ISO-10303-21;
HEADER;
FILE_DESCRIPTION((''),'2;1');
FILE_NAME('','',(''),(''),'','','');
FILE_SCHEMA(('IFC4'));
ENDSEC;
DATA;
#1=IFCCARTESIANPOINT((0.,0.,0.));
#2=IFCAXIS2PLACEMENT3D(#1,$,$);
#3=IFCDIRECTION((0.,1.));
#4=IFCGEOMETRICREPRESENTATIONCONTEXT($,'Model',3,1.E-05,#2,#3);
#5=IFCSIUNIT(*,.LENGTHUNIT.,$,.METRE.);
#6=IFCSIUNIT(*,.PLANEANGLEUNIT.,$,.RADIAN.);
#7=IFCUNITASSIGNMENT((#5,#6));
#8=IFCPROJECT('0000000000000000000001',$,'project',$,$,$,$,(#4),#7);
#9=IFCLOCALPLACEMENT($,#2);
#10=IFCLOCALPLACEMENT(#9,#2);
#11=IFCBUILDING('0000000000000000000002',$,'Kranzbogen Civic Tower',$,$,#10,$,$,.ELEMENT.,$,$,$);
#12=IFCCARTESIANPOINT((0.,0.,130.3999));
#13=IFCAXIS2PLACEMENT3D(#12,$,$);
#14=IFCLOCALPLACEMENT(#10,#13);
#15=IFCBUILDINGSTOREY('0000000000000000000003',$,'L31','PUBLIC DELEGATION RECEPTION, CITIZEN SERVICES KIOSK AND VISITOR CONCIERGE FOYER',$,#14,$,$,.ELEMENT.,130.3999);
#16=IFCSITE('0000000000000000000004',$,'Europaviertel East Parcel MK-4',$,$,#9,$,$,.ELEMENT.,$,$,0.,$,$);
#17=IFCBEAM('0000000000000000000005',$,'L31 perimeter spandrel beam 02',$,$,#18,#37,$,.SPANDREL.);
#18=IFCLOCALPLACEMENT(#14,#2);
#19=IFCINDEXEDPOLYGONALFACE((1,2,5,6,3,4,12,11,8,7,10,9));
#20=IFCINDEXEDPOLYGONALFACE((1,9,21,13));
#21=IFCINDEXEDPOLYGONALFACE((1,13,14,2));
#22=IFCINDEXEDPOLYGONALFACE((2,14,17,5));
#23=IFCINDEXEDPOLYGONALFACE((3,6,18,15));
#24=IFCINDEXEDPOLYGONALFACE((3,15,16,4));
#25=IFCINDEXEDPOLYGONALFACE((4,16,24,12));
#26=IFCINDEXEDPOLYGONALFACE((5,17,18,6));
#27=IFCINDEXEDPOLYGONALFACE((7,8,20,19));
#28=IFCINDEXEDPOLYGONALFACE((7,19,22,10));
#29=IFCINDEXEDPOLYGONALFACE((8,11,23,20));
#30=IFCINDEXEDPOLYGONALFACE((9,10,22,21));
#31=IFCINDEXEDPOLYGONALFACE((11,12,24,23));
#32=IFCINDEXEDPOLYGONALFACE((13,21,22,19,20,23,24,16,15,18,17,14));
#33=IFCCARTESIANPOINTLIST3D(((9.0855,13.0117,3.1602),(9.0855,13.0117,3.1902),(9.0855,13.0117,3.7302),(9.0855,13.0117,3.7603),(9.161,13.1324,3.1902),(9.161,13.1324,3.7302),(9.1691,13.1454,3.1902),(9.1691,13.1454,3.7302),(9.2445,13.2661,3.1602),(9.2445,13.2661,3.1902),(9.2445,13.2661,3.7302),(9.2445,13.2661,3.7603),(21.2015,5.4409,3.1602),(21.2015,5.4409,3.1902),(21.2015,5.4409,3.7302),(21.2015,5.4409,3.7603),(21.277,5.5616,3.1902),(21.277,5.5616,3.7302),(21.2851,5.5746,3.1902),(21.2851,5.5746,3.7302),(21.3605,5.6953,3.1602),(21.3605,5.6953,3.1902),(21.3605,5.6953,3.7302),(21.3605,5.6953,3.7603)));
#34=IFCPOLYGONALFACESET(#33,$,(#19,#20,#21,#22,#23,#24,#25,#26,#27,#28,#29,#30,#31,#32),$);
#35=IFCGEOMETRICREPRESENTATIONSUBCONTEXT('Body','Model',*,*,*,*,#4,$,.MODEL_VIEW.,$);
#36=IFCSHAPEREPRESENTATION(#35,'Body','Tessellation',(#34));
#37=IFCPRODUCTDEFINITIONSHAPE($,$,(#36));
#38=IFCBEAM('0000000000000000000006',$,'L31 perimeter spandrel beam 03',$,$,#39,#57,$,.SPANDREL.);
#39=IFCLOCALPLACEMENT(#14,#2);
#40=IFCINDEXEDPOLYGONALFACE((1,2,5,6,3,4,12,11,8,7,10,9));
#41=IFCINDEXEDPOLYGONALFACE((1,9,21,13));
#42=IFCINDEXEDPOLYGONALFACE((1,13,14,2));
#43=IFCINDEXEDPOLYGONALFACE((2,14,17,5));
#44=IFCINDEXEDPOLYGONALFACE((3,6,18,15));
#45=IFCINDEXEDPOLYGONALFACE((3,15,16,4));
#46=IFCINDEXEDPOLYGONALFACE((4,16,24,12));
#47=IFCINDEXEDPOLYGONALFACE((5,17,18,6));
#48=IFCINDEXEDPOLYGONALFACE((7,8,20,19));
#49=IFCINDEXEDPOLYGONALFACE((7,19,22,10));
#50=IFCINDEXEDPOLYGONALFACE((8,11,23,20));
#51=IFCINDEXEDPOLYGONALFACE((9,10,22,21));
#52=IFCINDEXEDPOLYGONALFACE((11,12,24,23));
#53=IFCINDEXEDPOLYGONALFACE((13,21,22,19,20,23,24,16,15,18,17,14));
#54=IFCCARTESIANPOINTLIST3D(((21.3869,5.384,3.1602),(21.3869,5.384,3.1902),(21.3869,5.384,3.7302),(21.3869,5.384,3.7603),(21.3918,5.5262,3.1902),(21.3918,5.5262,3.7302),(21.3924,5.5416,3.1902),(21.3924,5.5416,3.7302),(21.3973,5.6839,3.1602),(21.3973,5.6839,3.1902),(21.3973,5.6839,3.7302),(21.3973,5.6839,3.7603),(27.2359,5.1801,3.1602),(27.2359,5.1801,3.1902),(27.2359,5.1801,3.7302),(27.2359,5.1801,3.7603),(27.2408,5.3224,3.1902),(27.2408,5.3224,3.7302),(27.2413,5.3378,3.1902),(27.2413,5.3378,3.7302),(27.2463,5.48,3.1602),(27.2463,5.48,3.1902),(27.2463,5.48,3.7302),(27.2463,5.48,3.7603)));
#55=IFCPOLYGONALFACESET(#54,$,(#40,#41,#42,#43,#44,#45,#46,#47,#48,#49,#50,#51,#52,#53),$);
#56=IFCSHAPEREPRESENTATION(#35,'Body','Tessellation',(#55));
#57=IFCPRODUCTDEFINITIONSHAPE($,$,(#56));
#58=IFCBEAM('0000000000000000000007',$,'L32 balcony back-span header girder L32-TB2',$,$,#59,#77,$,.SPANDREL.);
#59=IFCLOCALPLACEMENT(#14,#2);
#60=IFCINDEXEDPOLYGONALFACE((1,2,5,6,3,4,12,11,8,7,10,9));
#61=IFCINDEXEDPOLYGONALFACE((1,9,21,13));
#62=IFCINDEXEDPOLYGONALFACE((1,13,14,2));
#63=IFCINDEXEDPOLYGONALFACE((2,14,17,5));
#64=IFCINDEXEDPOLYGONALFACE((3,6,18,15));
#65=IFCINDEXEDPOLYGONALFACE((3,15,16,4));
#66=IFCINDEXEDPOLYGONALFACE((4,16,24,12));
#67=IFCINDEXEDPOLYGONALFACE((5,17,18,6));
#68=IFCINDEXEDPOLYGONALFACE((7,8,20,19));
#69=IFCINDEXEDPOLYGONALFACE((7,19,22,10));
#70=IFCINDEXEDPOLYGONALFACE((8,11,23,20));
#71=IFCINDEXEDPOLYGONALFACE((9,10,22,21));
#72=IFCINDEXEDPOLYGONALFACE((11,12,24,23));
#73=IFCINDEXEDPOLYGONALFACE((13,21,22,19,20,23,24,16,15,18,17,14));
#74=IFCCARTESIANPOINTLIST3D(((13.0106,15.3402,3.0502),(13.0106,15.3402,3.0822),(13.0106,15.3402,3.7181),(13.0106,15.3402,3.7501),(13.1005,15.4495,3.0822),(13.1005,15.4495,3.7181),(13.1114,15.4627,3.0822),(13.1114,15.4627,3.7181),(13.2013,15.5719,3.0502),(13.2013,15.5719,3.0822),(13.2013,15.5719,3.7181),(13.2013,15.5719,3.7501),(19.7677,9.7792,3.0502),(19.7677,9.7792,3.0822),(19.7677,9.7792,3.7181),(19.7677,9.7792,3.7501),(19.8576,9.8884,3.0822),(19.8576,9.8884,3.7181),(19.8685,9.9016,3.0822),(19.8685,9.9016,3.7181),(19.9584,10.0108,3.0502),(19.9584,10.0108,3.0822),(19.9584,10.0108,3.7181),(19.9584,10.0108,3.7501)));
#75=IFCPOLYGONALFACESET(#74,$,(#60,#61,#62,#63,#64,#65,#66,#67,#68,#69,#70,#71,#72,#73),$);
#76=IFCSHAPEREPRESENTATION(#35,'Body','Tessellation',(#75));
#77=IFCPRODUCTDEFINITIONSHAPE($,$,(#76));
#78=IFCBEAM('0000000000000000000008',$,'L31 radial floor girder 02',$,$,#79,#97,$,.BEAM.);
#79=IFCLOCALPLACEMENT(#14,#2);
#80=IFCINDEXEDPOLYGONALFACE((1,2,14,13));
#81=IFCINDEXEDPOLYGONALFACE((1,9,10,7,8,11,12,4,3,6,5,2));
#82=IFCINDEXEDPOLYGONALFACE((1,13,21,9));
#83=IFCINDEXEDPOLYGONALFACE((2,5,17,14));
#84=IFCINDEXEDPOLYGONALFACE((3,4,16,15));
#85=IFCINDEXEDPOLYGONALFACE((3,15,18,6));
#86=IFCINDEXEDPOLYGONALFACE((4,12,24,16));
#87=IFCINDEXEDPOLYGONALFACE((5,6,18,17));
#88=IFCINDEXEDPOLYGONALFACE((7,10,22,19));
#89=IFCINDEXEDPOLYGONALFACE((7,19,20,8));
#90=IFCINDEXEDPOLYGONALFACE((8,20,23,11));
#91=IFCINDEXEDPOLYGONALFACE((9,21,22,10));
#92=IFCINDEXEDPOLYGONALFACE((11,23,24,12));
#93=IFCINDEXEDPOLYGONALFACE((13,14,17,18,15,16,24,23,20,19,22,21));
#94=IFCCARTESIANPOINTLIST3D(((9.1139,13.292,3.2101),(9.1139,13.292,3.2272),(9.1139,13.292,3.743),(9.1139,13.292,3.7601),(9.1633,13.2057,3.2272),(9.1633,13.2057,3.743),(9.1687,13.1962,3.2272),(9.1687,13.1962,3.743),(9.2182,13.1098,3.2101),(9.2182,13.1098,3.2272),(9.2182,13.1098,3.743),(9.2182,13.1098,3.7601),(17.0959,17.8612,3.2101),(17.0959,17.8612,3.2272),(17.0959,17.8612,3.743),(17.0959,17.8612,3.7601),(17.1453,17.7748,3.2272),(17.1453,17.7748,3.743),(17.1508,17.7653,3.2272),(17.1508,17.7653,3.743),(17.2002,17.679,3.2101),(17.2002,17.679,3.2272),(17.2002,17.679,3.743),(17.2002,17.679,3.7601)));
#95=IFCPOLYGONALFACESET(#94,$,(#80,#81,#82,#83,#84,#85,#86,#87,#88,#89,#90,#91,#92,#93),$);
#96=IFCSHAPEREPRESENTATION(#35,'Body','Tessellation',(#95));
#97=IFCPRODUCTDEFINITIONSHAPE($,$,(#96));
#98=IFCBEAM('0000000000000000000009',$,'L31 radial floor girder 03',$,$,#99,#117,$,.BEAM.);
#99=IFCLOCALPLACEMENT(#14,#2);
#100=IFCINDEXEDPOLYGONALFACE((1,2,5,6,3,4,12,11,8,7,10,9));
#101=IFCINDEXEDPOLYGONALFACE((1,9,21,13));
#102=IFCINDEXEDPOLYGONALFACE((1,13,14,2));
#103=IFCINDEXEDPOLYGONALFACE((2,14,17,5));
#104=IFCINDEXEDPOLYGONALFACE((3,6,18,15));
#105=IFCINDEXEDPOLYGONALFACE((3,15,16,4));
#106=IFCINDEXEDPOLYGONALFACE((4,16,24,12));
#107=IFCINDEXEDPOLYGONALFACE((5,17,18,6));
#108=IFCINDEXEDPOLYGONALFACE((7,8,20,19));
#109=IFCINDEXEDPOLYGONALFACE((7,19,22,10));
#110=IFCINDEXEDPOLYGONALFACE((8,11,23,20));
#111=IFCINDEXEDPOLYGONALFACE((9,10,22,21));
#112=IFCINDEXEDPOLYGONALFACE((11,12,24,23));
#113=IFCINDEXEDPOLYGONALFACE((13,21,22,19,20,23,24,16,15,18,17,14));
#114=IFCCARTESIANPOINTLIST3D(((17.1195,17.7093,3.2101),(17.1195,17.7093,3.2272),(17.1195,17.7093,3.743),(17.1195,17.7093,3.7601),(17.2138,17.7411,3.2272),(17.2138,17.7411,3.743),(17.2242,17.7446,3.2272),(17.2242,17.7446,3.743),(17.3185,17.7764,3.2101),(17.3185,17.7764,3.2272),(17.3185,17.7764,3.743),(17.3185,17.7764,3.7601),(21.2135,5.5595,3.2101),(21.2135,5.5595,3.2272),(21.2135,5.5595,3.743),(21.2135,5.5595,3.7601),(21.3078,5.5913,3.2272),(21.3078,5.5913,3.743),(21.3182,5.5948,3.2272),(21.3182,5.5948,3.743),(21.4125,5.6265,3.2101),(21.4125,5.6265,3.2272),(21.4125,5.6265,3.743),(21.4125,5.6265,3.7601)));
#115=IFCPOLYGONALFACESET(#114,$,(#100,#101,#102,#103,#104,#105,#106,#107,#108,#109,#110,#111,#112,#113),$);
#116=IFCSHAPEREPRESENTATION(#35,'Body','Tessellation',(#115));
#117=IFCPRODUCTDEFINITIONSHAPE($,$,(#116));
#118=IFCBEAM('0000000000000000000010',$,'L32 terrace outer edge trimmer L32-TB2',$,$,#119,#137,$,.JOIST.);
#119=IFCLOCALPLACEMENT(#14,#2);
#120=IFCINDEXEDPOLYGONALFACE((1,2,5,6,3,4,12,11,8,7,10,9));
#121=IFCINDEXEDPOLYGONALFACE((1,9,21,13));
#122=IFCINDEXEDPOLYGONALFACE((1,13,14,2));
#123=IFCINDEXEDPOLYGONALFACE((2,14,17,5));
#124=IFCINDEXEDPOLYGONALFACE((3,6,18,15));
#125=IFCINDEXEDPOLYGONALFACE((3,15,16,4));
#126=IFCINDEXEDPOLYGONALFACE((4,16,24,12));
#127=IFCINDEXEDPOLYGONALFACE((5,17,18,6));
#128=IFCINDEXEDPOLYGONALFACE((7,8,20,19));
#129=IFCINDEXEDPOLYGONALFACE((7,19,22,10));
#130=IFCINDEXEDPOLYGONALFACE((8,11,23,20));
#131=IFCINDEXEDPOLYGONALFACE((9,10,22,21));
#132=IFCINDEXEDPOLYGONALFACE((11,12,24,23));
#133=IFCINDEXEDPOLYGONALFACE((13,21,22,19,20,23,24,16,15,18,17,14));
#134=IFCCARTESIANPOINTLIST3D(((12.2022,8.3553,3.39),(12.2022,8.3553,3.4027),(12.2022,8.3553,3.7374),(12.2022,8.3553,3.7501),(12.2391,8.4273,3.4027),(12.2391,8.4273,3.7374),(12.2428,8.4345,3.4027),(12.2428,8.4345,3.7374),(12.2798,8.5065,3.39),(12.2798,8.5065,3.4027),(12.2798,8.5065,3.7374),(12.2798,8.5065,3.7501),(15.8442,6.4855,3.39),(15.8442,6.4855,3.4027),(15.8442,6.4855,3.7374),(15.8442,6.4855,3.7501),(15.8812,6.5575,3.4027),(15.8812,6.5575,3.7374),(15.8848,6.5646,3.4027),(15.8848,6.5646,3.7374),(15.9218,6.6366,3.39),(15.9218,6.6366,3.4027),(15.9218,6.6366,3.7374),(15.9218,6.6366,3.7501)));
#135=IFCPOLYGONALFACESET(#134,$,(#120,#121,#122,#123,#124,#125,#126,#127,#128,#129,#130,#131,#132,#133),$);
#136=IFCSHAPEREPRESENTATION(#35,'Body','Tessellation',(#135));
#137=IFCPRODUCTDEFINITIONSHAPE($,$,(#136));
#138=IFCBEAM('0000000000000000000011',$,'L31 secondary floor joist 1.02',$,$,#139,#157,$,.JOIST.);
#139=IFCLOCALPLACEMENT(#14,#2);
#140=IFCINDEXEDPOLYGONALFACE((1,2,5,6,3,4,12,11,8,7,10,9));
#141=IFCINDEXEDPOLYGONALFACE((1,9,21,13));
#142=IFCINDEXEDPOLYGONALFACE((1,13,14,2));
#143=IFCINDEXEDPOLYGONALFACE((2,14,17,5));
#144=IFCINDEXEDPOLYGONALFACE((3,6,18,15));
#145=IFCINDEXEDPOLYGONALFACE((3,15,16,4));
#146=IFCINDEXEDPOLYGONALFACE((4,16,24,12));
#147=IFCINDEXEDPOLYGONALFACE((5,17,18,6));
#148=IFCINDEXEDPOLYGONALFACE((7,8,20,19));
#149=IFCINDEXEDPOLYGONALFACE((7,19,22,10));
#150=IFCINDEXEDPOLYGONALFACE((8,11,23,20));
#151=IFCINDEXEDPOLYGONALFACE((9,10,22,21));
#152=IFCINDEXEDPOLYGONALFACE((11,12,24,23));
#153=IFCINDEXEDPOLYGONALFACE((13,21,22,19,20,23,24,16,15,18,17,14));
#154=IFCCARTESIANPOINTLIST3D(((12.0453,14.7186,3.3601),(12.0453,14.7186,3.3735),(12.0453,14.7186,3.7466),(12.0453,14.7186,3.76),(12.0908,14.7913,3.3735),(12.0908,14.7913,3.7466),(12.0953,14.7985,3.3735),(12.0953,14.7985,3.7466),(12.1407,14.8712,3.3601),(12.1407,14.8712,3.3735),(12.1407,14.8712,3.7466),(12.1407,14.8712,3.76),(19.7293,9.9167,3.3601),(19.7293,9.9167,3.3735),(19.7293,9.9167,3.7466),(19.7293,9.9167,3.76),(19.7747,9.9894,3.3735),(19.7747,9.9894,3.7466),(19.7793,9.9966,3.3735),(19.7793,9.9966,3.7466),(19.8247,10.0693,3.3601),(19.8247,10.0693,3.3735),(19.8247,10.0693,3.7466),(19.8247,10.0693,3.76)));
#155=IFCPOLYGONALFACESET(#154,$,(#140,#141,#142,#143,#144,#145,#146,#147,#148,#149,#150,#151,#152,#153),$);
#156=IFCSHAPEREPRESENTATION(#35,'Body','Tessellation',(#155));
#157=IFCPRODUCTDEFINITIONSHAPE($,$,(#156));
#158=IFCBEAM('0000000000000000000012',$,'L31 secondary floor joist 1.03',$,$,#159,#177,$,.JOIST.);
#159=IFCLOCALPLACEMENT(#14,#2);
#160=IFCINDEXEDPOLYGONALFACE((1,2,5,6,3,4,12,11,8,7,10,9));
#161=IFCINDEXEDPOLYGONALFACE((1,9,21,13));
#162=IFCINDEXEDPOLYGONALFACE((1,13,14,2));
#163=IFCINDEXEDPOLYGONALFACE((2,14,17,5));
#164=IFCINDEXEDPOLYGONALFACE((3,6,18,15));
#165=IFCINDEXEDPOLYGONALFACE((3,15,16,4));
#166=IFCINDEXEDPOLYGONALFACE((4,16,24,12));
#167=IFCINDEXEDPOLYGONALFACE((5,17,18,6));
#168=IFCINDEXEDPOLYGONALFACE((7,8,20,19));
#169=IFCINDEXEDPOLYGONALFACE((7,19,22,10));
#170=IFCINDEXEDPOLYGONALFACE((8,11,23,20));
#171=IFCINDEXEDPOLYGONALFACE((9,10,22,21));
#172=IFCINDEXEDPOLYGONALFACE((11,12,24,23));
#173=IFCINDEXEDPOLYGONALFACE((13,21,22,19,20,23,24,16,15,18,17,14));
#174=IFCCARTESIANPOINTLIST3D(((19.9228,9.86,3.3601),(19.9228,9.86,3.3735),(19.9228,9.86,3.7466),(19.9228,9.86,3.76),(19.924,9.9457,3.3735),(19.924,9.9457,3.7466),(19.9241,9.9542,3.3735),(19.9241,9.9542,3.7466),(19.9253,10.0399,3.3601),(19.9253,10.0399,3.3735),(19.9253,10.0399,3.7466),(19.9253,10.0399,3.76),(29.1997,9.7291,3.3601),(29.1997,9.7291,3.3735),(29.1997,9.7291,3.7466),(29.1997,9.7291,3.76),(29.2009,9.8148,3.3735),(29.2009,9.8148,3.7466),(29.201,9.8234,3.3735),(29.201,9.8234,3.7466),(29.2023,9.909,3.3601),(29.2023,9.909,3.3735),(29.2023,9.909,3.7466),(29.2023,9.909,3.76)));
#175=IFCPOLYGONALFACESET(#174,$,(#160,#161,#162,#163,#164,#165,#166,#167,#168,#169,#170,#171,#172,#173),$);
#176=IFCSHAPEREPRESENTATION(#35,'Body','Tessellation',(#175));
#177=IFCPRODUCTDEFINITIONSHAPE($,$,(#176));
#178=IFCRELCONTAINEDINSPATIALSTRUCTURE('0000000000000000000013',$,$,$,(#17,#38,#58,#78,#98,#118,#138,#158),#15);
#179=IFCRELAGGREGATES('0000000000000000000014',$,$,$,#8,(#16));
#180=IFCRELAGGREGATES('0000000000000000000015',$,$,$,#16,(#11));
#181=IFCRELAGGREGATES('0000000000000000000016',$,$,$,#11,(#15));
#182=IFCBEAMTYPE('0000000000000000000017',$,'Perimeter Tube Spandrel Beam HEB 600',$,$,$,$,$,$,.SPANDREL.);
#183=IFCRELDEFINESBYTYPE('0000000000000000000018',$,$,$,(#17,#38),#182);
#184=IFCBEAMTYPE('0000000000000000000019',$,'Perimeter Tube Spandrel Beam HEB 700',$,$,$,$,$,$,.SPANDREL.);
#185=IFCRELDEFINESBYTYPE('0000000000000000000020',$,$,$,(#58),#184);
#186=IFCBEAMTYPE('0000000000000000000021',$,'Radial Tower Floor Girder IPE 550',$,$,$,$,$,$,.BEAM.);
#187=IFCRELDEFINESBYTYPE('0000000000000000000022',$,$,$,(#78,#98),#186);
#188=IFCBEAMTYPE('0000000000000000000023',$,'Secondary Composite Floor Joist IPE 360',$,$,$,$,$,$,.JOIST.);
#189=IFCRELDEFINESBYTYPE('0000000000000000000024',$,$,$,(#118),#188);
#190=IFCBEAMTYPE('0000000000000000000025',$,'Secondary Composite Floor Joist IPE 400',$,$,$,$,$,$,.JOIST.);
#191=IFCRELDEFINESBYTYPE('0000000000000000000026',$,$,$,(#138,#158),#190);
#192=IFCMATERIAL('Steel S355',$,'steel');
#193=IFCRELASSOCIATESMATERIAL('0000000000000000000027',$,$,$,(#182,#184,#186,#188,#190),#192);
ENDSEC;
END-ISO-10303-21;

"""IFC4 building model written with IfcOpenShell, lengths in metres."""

from ifc_helpers import new_model, si_unit, direction, frame, origin, origin_2d, place, context, subcontext, project, spatial, i_section, extrude, material, material_profile, profile_set, type_object, element, save


model = new_model("IFC4")

# Units and contexts
model_context = context("Model", 3, precision=1e-05, world=origin(), true_north=direction((0.0, 1.0)))
body_context = subcontext(model_context, "Body", "Model", "MODEL_VIEW")
ifc_project = project(units=[si_unit("LENGTHUNIT", "METRE"), si_unit("PLANEANGLEUNIT", "RADIAN")], contexts=[model_context])

# Site, building, storey
site_placement = place(None, origin())
site = spatial("IfcSite", under=ifc_project, at=site_placement, Name="Europaviertel East Parcel MK-4", CompositionType="ELEMENT", RefElevation=0.0)
building_placement = place(site_placement, origin())
building = spatial("IfcBuilding", under=site, at=building_placement, Name="Kranzbogen Civic Tower", CompositionType="ELEMENT")
storey_placement = place(building_placement, frame((0.0, 0.0, 130.3999)))
storey = spatial("IfcBuildingStorey", under=building, at=storey_placement, Name="L31", Description="PUBLIC DELEGATION RECEPTION, CITIZEN SERVICES KIOSK AND VISITOR CONCIERGE FOYER", CompositionType="ELEMENT", Elevation=130.3999)

# Shared definitions
ifc_material_1 = material(Name="Steel S355", Category="steel")

# Beams
ifc_material_profile_1 = material_profile(ifc_material_1, i_section(OverallWidth=0.3, OverallDepth=0.6001, WebThickness=0.0154, FlangeThickness=0.03, at=origin_2d()), Name="HEB 600")
ifc_profile_set_1 = profile_set([ifc_material_profile_1], Name="Steel S355")
beam_type_1 = type_object("IfcBeamType", Name="Perimeter Tube Spandrel Beam HEB 600", PredefinedType="SPANDREL", material=ifc_profile_set_1)
beam_1_placement = place(storey_placement, frame((9.165, 13.1389, 3.4602), z_axis=(0.848051, -0.529914, 0.0), x_axis=(0.529914, 0.848051, 0.0)))
element("IfcBeam", 1, at=beam_1_placement, inside=storey, type_object=beam_type_1, Name="L31 perimeter spandrel beam 02", PredefinedType="SPANDREL", context=body_context, shape_type="SweptSolid", body=[
    extrude(i_section(OverallWidth=0.3, OverallDepth=0.6001, WebThickness=0.0154, FlangeThickness=0.03, at=origin_2d()), origin(), (0.0, 0.0, 1.0), 14.2869),
])
beam_2_placement = place(storey_placement, frame((21.3921, 5.5339, 3.4602), z_axis=(0.999393, -0.034833, 0.0), x_axis=(0.034833, 0.999393, 0.0)))
element("IfcBeam", 2, at=beam_2_placement, inside=storey, type_object=beam_type_1, Name="L31 perimeter spandrel beam 03", PredefinedType="SPANDREL", context=body_context, shape_type="SweptSolid", body=[
    extrude(i_section(OverallWidth=0.3, OverallDepth=0.6001, WebThickness=0.0154, FlangeThickness=0.03, at=origin_2d()), origin(), (0.0, 0.0, 1.0), 5.8525),
])
ifc_material_profile_2 = material_profile(ifc_material_1, i_section(OverallWidth=0.3, OverallDepth=0.7, WebThickness=0.0171, FlangeThickness=0.032, at=origin_2d()), Name="HEB 700")
ifc_profile_set_2 = profile_set([ifc_material_profile_2], Name="Steel S355")
beam_type_2 = type_object("IfcBeamType", Name="Perimeter Tube Spandrel Beam HEB 700", PredefinedType="SPANDREL", material=ifc_profile_set_2)
beam_3_placement = place(storey_placement, frame((13.106, 15.4561, 3.4001), z_axis=(0.772133, -0.635461, 0.0), x_axis=(0.635461, 0.772133, 0.0)))
element("IfcBeam", 3, at=beam_3_placement, inside=storey, type_object=beam_type_2, Name="L32 balcony back-span header girder L32-TB2", PredefinedType="SPANDREL", context=body_context, shape_type="SweptSolid", body=[
    extrude(i_section(OverallWidth=0.3, OverallDepth=0.7, WebThickness=0.0171, FlangeThickness=0.032, at=origin_2d()), origin(), (0.0, 0.0, 1.0), 8.7512),
])
ifc_material_profile_3 = material_profile(ifc_material_1, i_section(OverallWidth=0.21, OverallDepth=0.55, WebThickness=0.011, FlangeThickness=0.0171, at=origin_2d()), Name="IPE 550")
ifc_profile_set_3 = profile_set([ifc_material_profile_3], Name="Steel S355")
beam_type_3 = type_object("IfcBeamType", Name="Radial Tower Floor Girder IPE 550", PredefinedType="BEAM", material=ifc_profile_set_3)
beam_4_placement = place(storey_placement, frame((9.166, 13.2009, 3.4851), z_axis=(0.867869, 0.496793, 0.0), x_axis=(-0.496793, 0.867869, 0.0)))
element("IfcBeam", 4, at=beam_4_placement, inside=storey, type_object=beam_type_3, Name="L31 radial floor girder 02", PredefinedType="BEAM", context=body_context, shape_type="SweptSolid", body=[
    extrude(i_section(OverallWidth=0.21, OverallDepth=0.55, WebThickness=0.011, FlangeThickness=0.0171, at=origin_2d()), origin(), (0.0, 0.0, 1.0), 9.1973),
])
beam_5_placement = place(storey_placement, frame((21.313, 5.593, 3.4851), z_axis=(-0.319317, 0.947648, 0.0), x_axis=(-0.947648, -0.319317, 0.0)))
element("IfcBeam", 5, at=beam_5_placement, inside=storey, type_object=beam_type_3, Name="L31 radial floor girder 03", PredefinedType="BEAM", context=body_context, shape_type="SweptSolid", body=[
    extrude(i_section(OverallWidth=0.21, OverallDepth=0.55, WebThickness=0.011, FlangeThickness=0.0171, at=origin_2d()), origin(), (0.0, 0.0, 1.0), 12.821),
])
ifc_material_profile_4 = material_profile(ifc_material_1, i_section(OverallWidth=0.1699, OverallDepth=0.3601, WebThickness=0.0081, FlangeThickness=0.0127, at=origin_2d()), Name="IPE 360")
ifc_profile_set_4 = profile_set([ifc_material_profile_4], Name="Steel S355")
beam_type_4 = type_object("IfcBeamType", Name="Secondary Composite Floor Joist IPE 360", PredefinedType="JOIST", material=ifc_profile_set_4)
beam_6_placement = place(storey_placement, frame((12.241, 8.4309, 3.5701), z_axis=(0.889606, -0.456729, 0.0), x_axis=(0.456729, 0.889606, 0.0)))
element("IfcBeam", 6, at=beam_6_placement, inside=storey, type_object=beam_type_4, Name="L32 terrace outer edge trimmer L32-TB2", PredefinedType="JOIST", context=body_context, shape_type="SweptSolid", body=[
    extrude(i_section(OverallWidth=0.1699, OverallDepth=0.3601, WebThickness=0.0081, FlangeThickness=0.0127, at=origin_2d()), origin(), (0.0, 0.0, 1.0), 4.094),
])
ifc_material_profile_5 = material_profile(ifc_material_1, i_section(OverallWidth=0.1799, OverallDepth=0.3999, WebThickness=0.0085, FlangeThickness=0.0134, at=origin_2d()), Name="IPE 400")
ifc_profile_set_5 = profile_set([ifc_material_profile_5], Name="Steel S355")
beam_type_5 = type_object("IfcBeamType", Name="Secondary Composite Floor Joist IPE 400", PredefinedType="JOIST", material=ifc_profile_set_5)
beam_7_placement = place(storey_placement, frame((12.093, 14.7949, 3.5601), z_axis=(0.848026, -0.529955, 0.0), x_axis=(0.529955, 0.848026, 0.0)))
element("IfcBeam", 7, at=beam_7_placement, inside=storey, type_object=beam_type_5, Name="L31 secondary floor joist 1.02", PredefinedType="JOIST", context=body_context, shape_type="SweptSolid", body=[
    extrude(i_section(OverallWidth=0.1799, OverallDepth=0.3999, WebThickness=0.0085, FlangeThickness=0.0134, at=origin_2d()), origin(), (0.0, 0.0, 1.0), 9.061),
])
beam_8_placement = place(storey_placement, frame((19.9241, 9.95, 3.5601), z_axis=(0.999901, -0.014105, 0.0), x_axis=(0.014105, 0.999901, 0.0)))
element("IfcBeam", 8, at=beam_8_placement, inside=storey, type_object=beam_type_5, Name="L31 secondary floor joist 1.03", PredefinedType="JOIST", context=body_context, shape_type="SweptSolid", body=[
    extrude(i_section(OverallWidth=0.1799, OverallDepth=0.3999, WebThickness=0.0085, FlangeThickness=0.0134, at=origin_2d()), origin(), (0.0, 0.0, 1.0), 9.2778),
])

save(model, "model.ifc")
